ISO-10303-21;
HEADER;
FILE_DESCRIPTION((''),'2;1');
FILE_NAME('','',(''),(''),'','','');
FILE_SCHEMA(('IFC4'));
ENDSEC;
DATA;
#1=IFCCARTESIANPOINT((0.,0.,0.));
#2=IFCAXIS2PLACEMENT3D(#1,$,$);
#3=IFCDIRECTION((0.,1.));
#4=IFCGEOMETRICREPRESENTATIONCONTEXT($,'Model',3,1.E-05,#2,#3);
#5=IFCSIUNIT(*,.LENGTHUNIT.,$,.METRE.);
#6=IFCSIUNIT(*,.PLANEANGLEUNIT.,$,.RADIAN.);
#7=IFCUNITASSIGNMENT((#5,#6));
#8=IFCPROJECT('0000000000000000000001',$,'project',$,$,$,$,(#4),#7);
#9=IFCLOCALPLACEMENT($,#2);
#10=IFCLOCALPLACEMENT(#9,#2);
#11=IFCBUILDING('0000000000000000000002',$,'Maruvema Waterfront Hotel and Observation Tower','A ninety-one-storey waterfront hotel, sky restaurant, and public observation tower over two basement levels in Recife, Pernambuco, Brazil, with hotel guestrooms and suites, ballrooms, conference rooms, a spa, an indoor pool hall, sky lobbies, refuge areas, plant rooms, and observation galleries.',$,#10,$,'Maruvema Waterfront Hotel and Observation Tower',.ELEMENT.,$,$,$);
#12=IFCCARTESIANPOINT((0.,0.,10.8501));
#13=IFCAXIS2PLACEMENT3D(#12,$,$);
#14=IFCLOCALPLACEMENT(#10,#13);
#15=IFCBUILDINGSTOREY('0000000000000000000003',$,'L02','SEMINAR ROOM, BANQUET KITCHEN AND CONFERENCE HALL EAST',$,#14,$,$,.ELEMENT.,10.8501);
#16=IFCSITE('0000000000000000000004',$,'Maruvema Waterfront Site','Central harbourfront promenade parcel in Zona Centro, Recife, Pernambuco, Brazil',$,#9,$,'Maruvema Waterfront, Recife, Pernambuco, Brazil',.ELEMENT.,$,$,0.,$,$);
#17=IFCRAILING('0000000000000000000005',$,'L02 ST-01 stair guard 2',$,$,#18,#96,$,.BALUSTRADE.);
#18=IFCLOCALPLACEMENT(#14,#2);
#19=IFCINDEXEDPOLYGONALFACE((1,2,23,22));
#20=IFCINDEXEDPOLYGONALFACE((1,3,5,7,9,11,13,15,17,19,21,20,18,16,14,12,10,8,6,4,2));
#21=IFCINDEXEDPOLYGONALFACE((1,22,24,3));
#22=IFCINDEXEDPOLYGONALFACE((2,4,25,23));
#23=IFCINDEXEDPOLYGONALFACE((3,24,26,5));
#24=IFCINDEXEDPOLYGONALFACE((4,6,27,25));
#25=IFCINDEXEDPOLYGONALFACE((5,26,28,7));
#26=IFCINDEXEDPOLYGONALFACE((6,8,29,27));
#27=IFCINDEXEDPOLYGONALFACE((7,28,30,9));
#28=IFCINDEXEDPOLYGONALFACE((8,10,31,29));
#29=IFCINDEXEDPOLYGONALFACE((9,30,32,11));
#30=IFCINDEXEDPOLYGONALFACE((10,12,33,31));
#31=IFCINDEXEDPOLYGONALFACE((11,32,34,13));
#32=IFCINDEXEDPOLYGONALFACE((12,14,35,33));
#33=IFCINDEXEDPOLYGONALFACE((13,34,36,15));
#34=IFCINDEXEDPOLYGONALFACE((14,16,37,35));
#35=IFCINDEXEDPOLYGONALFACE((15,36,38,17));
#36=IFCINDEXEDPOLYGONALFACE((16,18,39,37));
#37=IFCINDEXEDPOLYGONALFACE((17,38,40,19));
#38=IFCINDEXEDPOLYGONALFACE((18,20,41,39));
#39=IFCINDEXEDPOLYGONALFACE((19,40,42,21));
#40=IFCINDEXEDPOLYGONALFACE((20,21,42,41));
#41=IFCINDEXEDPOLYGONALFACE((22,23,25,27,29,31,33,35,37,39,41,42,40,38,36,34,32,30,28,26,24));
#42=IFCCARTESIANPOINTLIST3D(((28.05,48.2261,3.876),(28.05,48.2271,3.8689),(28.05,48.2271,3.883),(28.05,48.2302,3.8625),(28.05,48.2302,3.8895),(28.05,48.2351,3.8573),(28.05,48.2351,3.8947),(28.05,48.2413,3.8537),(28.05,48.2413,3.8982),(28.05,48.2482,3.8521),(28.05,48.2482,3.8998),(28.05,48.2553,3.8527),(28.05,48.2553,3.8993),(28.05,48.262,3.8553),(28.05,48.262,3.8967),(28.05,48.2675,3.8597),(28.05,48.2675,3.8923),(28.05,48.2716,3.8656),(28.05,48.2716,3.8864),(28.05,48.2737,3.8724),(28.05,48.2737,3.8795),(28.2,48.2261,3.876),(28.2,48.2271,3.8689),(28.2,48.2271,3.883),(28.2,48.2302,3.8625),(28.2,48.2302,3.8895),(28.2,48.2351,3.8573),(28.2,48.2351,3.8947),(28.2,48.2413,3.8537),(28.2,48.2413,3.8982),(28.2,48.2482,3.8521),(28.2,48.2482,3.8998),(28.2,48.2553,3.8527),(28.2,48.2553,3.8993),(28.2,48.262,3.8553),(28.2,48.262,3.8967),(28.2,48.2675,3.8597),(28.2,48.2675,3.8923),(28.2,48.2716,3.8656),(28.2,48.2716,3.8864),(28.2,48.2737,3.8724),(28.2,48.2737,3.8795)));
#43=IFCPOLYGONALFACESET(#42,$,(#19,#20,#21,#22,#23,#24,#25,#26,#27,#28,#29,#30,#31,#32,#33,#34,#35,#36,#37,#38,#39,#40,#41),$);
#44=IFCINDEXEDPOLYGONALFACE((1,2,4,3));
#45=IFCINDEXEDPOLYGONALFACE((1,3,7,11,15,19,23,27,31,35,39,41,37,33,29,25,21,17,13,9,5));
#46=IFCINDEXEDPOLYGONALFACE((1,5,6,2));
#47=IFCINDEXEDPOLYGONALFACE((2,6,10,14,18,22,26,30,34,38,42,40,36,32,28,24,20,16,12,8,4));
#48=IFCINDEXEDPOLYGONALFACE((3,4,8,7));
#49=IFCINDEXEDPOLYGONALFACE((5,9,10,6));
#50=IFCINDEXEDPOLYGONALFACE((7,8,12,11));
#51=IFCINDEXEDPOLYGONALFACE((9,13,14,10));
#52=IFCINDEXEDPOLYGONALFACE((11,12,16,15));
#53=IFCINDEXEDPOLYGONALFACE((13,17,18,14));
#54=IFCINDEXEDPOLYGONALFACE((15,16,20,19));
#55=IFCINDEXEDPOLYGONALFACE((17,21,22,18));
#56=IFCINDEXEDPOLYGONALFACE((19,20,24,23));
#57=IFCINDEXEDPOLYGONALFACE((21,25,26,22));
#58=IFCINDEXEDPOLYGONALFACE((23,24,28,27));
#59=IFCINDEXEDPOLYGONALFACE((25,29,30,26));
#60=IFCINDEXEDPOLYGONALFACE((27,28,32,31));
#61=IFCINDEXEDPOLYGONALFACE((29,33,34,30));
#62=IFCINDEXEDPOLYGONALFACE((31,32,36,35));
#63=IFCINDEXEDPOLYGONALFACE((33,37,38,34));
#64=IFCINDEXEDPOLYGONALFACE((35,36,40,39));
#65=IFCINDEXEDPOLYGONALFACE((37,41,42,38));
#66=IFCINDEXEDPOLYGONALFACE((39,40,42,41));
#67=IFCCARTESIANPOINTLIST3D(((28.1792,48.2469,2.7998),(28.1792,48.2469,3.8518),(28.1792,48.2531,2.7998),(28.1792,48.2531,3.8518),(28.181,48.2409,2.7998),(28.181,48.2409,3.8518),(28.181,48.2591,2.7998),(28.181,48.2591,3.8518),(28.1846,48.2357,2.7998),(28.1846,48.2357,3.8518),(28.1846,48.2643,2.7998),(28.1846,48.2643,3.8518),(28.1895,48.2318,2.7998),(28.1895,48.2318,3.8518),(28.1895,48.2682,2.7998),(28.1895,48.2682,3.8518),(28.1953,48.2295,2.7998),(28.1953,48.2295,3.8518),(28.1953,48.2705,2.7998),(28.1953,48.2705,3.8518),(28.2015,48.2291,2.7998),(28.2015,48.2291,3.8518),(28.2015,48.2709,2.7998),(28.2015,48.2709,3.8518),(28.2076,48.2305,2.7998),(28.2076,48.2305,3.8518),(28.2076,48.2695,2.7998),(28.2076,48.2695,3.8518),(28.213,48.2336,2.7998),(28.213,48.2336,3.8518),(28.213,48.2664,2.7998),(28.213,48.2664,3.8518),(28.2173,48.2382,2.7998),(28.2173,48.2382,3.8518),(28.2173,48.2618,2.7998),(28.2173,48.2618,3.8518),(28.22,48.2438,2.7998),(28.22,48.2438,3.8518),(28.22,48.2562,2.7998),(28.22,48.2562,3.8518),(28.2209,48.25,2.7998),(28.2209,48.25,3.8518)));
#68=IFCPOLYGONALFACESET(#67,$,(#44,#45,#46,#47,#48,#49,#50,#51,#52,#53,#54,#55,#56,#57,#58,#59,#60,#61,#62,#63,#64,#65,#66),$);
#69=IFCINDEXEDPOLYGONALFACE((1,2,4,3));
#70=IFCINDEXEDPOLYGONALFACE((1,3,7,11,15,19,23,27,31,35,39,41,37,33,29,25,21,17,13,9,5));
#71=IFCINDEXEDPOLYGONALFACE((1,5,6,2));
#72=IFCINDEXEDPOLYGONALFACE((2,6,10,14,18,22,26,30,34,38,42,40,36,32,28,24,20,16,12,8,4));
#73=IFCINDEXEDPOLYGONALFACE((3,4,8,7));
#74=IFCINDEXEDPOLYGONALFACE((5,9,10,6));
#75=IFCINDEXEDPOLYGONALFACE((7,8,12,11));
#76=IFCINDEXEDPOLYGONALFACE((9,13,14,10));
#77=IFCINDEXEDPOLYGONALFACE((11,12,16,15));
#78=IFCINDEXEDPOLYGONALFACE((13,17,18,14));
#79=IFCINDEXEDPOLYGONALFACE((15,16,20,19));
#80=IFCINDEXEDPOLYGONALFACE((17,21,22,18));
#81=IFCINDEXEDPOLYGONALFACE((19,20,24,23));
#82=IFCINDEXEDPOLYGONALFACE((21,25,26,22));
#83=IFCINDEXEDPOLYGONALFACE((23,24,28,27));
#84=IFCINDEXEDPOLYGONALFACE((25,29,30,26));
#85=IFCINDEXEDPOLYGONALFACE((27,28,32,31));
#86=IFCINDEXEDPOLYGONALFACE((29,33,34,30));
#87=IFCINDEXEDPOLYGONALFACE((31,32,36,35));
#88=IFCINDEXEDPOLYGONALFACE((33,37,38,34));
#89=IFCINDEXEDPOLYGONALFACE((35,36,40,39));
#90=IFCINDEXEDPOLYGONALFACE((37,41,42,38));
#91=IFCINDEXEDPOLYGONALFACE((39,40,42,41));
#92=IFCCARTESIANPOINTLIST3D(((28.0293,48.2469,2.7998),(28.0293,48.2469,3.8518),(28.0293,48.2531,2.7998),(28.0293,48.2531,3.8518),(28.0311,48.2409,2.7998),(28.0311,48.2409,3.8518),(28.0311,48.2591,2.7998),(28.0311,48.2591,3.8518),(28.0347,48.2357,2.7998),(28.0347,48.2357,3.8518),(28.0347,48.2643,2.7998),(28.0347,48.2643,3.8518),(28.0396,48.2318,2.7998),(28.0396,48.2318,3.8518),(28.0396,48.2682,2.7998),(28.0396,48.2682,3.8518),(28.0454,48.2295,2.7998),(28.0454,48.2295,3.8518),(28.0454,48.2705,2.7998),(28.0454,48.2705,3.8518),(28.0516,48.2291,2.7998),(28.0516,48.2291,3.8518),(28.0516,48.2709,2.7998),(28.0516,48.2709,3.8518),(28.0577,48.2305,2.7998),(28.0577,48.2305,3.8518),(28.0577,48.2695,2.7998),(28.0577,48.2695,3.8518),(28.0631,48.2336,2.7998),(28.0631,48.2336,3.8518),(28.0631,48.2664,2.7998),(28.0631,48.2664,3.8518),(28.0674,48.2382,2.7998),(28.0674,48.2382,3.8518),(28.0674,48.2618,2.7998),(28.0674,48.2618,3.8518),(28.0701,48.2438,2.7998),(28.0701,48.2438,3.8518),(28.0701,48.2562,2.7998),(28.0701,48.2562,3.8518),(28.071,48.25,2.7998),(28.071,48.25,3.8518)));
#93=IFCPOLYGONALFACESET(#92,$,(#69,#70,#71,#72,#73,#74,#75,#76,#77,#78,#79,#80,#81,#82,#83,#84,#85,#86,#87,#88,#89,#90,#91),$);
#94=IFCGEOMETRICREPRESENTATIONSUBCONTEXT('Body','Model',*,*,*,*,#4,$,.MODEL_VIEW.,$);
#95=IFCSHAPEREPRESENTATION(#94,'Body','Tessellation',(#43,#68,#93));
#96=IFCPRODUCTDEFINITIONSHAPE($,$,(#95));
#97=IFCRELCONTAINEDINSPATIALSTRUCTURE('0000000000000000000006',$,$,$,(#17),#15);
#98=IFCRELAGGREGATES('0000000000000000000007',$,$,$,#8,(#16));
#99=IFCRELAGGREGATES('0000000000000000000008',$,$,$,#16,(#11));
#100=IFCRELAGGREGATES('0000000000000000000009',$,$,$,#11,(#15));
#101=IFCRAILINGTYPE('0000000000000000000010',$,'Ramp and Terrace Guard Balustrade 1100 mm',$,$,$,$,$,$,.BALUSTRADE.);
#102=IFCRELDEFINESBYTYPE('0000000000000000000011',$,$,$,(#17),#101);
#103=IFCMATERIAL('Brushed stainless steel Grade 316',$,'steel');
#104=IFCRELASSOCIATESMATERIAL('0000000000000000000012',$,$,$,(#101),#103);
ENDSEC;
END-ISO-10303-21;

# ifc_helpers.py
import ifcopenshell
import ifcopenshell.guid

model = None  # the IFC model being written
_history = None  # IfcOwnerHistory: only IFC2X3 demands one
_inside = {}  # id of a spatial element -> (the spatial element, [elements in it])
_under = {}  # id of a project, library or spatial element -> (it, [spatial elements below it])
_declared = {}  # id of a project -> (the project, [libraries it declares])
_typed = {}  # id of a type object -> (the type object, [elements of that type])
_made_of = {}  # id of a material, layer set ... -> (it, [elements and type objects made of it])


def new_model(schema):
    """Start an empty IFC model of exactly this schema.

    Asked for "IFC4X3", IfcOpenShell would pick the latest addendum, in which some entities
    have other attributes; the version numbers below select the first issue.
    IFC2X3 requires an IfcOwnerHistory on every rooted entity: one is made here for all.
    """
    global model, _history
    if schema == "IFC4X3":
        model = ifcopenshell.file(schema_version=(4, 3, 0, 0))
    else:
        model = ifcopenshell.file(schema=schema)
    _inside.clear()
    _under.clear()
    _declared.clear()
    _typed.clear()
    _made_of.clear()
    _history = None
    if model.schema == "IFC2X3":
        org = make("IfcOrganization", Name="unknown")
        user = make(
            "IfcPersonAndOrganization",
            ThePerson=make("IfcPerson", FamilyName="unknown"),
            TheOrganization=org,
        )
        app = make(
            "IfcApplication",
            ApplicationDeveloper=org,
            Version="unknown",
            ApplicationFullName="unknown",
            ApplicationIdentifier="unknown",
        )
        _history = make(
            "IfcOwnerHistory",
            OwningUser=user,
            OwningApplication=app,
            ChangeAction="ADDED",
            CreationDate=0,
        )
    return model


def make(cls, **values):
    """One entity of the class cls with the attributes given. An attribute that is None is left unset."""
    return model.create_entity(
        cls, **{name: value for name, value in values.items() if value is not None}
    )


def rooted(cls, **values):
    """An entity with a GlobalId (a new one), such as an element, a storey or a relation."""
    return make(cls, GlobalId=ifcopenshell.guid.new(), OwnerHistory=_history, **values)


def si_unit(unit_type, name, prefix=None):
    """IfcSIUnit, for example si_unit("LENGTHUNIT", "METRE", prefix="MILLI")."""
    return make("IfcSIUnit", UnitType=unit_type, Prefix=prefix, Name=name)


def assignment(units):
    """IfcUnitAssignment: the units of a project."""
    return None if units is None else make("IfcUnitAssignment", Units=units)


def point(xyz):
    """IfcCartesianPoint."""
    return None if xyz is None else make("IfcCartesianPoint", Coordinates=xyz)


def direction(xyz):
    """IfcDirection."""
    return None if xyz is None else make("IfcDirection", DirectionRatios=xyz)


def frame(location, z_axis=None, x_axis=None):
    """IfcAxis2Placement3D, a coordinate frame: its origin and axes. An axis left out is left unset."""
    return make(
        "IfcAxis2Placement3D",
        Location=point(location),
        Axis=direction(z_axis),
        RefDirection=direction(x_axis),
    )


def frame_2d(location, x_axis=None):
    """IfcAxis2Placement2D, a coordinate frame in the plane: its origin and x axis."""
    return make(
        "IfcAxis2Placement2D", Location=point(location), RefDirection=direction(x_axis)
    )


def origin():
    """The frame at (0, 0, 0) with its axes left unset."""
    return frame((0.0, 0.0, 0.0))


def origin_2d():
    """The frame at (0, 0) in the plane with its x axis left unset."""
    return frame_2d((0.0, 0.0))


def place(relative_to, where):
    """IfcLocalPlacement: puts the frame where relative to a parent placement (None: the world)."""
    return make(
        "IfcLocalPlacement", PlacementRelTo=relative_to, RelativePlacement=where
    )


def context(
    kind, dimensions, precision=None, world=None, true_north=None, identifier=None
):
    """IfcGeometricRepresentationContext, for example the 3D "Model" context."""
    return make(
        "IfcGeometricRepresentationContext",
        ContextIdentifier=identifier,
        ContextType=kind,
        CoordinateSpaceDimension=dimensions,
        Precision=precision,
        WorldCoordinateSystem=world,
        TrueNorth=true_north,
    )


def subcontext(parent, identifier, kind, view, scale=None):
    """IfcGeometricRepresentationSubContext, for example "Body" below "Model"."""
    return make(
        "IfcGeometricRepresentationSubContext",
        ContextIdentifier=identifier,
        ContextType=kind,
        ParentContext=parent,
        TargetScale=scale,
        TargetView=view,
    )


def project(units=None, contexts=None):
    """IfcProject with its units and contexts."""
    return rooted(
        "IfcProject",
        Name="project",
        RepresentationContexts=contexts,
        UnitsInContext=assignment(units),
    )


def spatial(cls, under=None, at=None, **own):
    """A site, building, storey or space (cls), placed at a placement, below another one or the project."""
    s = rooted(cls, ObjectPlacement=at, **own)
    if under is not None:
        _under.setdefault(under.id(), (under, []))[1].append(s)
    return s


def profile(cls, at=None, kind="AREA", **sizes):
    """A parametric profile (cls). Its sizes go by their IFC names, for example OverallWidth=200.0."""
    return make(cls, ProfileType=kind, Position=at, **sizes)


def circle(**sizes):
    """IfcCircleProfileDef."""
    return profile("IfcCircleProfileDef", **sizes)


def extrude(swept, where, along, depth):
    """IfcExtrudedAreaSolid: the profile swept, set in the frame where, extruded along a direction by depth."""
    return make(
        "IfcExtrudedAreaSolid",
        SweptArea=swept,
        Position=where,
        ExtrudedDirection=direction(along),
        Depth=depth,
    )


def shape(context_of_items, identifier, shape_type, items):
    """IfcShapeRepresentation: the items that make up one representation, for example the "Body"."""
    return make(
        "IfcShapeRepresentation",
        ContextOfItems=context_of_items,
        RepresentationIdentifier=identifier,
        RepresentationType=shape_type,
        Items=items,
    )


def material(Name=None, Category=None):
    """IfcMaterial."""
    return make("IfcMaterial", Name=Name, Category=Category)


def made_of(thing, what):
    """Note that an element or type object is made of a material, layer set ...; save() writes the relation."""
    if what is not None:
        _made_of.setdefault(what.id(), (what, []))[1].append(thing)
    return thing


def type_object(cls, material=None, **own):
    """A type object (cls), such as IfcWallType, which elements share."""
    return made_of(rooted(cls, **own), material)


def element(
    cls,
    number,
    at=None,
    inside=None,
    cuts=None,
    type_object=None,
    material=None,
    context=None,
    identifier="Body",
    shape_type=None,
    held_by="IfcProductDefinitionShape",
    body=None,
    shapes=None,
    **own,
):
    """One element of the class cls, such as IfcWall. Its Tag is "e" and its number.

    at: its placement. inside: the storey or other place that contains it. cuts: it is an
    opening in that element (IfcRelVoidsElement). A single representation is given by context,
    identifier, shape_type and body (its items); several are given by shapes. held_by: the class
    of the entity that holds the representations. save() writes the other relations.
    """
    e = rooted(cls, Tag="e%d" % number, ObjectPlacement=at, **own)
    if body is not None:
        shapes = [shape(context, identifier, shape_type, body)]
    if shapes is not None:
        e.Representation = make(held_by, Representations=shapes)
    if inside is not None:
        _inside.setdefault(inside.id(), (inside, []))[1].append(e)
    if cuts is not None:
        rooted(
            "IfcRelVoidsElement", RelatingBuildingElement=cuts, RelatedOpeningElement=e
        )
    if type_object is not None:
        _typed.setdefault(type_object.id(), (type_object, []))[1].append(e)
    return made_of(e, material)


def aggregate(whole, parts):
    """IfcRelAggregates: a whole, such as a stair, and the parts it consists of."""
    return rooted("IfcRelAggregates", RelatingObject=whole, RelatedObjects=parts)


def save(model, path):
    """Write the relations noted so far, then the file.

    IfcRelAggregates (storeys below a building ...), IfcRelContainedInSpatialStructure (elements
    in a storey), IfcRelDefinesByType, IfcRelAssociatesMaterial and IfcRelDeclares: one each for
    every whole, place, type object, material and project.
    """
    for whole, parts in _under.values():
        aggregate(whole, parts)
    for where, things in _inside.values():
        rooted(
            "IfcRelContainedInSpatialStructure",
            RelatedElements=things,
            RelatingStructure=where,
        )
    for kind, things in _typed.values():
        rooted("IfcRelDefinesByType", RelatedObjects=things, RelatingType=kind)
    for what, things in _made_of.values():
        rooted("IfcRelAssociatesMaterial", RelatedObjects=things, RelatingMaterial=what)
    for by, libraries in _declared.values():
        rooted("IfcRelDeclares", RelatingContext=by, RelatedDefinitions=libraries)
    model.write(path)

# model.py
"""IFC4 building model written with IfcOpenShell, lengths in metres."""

from ifc_helpers import new_model, si_unit, direction, frame, origin, origin_2d, place, context, subcontext, project, spatial, circle, extrude, material, type_object, element, save


model = new_model("IFC4")

# Units and contexts
model_context = context("Model", 3, precision=1e-05, world=origin(), true_north=direction((0.0, 1.0)))
body_context = subcontext(model_context, "Body", "Model", "MODEL_VIEW")
ifc_project = project(units=[si_unit("LENGTHUNIT", "METRE"), si_unit("PLANEANGLEUNIT", "RADIAN")], contexts=[model_context])

# Site, building, storey
site_placement = place(None, origin())
site = spatial("IfcSite", under=ifc_project, at=site_placement, Name="Maruvema Waterfront Site", Description="Central harbourfront promenade parcel in Zona Centro, Recife, Pernambuco, Brazil", LongName="Maruvema Waterfront, Recife, Pernambuco, Brazil", CompositionType="ELEMENT", RefElevation=0.0)
building_placement = place(site_placement, origin())
building = spatial("IfcBuilding", under=site, at=building_placement, Name="Maruvema Waterfront Hotel and Observation Tower", Description="A ninety-one-storey waterfront hotel, sky restaurant, and public observation tower over two basement levels in Recife, Pernambuco, Brazil, with hotel guestrooms and suites, ballrooms, conference rooms, a spa, an indoor pool hall, sky lobbies, refuge areas, plant rooms, and observation galleries.", LongName="Maruvema Waterfront Hotel and Observation Tower", CompositionType="ELEMENT")
storey_placement = place(building_placement, frame((0.0, 0.0, 10.8501)))
storey = spatial("IfcBuildingStorey", under=building, at=storey_placement, Name="L02", Description="SEMINAR ROOM, BANQUET KITCHEN AND CONFERENCE HALL EAST", CompositionType="ELEMENT", Elevation=10.8501)

# Railing
ifc_material_1 = material(Name="Brushed stainless steel Grade 316", Category="steel")
railing_type_1 = type_object("IfcRailingType", Name="Ramp and Terrace Guard Balustrade 1100 mm", PredefinedType="BALUSTRADE", material=ifc_material_1)
railing_1_placement = place(storey_placement, frame((28.2, 48.25, 2.7998)))
element("IfcRailing", 1, at=railing_1_placement, inside=storey, type_object=railing_type_1, Name="L02 ST-01 stair guard 2", PredefinedType="BALUSTRADE", context=body_context, shape_type="SweptSolid", body=[
    extrude(circle(Radius=0.0239, at=origin_2d()), frame((0.0, 0.0, 1.0762), z_axis=(-1.0, 0.0, 0.0), x_axis=(0.0, -1.0, 0.0)), (0.0, 0.0, 1.0), 0.1499),
    extrude(circle(Radius=0.021, at=origin_2d()), origin(), (0.0, 0.0, 1.0), 1.052),
    extrude(circle(Radius=0.021, at=origin_2d()), frame((-0.1499, 0.0, 0.0)), (0.0, 0.0, 1.0), 1.052),
])

save(model, "model.ifc")
